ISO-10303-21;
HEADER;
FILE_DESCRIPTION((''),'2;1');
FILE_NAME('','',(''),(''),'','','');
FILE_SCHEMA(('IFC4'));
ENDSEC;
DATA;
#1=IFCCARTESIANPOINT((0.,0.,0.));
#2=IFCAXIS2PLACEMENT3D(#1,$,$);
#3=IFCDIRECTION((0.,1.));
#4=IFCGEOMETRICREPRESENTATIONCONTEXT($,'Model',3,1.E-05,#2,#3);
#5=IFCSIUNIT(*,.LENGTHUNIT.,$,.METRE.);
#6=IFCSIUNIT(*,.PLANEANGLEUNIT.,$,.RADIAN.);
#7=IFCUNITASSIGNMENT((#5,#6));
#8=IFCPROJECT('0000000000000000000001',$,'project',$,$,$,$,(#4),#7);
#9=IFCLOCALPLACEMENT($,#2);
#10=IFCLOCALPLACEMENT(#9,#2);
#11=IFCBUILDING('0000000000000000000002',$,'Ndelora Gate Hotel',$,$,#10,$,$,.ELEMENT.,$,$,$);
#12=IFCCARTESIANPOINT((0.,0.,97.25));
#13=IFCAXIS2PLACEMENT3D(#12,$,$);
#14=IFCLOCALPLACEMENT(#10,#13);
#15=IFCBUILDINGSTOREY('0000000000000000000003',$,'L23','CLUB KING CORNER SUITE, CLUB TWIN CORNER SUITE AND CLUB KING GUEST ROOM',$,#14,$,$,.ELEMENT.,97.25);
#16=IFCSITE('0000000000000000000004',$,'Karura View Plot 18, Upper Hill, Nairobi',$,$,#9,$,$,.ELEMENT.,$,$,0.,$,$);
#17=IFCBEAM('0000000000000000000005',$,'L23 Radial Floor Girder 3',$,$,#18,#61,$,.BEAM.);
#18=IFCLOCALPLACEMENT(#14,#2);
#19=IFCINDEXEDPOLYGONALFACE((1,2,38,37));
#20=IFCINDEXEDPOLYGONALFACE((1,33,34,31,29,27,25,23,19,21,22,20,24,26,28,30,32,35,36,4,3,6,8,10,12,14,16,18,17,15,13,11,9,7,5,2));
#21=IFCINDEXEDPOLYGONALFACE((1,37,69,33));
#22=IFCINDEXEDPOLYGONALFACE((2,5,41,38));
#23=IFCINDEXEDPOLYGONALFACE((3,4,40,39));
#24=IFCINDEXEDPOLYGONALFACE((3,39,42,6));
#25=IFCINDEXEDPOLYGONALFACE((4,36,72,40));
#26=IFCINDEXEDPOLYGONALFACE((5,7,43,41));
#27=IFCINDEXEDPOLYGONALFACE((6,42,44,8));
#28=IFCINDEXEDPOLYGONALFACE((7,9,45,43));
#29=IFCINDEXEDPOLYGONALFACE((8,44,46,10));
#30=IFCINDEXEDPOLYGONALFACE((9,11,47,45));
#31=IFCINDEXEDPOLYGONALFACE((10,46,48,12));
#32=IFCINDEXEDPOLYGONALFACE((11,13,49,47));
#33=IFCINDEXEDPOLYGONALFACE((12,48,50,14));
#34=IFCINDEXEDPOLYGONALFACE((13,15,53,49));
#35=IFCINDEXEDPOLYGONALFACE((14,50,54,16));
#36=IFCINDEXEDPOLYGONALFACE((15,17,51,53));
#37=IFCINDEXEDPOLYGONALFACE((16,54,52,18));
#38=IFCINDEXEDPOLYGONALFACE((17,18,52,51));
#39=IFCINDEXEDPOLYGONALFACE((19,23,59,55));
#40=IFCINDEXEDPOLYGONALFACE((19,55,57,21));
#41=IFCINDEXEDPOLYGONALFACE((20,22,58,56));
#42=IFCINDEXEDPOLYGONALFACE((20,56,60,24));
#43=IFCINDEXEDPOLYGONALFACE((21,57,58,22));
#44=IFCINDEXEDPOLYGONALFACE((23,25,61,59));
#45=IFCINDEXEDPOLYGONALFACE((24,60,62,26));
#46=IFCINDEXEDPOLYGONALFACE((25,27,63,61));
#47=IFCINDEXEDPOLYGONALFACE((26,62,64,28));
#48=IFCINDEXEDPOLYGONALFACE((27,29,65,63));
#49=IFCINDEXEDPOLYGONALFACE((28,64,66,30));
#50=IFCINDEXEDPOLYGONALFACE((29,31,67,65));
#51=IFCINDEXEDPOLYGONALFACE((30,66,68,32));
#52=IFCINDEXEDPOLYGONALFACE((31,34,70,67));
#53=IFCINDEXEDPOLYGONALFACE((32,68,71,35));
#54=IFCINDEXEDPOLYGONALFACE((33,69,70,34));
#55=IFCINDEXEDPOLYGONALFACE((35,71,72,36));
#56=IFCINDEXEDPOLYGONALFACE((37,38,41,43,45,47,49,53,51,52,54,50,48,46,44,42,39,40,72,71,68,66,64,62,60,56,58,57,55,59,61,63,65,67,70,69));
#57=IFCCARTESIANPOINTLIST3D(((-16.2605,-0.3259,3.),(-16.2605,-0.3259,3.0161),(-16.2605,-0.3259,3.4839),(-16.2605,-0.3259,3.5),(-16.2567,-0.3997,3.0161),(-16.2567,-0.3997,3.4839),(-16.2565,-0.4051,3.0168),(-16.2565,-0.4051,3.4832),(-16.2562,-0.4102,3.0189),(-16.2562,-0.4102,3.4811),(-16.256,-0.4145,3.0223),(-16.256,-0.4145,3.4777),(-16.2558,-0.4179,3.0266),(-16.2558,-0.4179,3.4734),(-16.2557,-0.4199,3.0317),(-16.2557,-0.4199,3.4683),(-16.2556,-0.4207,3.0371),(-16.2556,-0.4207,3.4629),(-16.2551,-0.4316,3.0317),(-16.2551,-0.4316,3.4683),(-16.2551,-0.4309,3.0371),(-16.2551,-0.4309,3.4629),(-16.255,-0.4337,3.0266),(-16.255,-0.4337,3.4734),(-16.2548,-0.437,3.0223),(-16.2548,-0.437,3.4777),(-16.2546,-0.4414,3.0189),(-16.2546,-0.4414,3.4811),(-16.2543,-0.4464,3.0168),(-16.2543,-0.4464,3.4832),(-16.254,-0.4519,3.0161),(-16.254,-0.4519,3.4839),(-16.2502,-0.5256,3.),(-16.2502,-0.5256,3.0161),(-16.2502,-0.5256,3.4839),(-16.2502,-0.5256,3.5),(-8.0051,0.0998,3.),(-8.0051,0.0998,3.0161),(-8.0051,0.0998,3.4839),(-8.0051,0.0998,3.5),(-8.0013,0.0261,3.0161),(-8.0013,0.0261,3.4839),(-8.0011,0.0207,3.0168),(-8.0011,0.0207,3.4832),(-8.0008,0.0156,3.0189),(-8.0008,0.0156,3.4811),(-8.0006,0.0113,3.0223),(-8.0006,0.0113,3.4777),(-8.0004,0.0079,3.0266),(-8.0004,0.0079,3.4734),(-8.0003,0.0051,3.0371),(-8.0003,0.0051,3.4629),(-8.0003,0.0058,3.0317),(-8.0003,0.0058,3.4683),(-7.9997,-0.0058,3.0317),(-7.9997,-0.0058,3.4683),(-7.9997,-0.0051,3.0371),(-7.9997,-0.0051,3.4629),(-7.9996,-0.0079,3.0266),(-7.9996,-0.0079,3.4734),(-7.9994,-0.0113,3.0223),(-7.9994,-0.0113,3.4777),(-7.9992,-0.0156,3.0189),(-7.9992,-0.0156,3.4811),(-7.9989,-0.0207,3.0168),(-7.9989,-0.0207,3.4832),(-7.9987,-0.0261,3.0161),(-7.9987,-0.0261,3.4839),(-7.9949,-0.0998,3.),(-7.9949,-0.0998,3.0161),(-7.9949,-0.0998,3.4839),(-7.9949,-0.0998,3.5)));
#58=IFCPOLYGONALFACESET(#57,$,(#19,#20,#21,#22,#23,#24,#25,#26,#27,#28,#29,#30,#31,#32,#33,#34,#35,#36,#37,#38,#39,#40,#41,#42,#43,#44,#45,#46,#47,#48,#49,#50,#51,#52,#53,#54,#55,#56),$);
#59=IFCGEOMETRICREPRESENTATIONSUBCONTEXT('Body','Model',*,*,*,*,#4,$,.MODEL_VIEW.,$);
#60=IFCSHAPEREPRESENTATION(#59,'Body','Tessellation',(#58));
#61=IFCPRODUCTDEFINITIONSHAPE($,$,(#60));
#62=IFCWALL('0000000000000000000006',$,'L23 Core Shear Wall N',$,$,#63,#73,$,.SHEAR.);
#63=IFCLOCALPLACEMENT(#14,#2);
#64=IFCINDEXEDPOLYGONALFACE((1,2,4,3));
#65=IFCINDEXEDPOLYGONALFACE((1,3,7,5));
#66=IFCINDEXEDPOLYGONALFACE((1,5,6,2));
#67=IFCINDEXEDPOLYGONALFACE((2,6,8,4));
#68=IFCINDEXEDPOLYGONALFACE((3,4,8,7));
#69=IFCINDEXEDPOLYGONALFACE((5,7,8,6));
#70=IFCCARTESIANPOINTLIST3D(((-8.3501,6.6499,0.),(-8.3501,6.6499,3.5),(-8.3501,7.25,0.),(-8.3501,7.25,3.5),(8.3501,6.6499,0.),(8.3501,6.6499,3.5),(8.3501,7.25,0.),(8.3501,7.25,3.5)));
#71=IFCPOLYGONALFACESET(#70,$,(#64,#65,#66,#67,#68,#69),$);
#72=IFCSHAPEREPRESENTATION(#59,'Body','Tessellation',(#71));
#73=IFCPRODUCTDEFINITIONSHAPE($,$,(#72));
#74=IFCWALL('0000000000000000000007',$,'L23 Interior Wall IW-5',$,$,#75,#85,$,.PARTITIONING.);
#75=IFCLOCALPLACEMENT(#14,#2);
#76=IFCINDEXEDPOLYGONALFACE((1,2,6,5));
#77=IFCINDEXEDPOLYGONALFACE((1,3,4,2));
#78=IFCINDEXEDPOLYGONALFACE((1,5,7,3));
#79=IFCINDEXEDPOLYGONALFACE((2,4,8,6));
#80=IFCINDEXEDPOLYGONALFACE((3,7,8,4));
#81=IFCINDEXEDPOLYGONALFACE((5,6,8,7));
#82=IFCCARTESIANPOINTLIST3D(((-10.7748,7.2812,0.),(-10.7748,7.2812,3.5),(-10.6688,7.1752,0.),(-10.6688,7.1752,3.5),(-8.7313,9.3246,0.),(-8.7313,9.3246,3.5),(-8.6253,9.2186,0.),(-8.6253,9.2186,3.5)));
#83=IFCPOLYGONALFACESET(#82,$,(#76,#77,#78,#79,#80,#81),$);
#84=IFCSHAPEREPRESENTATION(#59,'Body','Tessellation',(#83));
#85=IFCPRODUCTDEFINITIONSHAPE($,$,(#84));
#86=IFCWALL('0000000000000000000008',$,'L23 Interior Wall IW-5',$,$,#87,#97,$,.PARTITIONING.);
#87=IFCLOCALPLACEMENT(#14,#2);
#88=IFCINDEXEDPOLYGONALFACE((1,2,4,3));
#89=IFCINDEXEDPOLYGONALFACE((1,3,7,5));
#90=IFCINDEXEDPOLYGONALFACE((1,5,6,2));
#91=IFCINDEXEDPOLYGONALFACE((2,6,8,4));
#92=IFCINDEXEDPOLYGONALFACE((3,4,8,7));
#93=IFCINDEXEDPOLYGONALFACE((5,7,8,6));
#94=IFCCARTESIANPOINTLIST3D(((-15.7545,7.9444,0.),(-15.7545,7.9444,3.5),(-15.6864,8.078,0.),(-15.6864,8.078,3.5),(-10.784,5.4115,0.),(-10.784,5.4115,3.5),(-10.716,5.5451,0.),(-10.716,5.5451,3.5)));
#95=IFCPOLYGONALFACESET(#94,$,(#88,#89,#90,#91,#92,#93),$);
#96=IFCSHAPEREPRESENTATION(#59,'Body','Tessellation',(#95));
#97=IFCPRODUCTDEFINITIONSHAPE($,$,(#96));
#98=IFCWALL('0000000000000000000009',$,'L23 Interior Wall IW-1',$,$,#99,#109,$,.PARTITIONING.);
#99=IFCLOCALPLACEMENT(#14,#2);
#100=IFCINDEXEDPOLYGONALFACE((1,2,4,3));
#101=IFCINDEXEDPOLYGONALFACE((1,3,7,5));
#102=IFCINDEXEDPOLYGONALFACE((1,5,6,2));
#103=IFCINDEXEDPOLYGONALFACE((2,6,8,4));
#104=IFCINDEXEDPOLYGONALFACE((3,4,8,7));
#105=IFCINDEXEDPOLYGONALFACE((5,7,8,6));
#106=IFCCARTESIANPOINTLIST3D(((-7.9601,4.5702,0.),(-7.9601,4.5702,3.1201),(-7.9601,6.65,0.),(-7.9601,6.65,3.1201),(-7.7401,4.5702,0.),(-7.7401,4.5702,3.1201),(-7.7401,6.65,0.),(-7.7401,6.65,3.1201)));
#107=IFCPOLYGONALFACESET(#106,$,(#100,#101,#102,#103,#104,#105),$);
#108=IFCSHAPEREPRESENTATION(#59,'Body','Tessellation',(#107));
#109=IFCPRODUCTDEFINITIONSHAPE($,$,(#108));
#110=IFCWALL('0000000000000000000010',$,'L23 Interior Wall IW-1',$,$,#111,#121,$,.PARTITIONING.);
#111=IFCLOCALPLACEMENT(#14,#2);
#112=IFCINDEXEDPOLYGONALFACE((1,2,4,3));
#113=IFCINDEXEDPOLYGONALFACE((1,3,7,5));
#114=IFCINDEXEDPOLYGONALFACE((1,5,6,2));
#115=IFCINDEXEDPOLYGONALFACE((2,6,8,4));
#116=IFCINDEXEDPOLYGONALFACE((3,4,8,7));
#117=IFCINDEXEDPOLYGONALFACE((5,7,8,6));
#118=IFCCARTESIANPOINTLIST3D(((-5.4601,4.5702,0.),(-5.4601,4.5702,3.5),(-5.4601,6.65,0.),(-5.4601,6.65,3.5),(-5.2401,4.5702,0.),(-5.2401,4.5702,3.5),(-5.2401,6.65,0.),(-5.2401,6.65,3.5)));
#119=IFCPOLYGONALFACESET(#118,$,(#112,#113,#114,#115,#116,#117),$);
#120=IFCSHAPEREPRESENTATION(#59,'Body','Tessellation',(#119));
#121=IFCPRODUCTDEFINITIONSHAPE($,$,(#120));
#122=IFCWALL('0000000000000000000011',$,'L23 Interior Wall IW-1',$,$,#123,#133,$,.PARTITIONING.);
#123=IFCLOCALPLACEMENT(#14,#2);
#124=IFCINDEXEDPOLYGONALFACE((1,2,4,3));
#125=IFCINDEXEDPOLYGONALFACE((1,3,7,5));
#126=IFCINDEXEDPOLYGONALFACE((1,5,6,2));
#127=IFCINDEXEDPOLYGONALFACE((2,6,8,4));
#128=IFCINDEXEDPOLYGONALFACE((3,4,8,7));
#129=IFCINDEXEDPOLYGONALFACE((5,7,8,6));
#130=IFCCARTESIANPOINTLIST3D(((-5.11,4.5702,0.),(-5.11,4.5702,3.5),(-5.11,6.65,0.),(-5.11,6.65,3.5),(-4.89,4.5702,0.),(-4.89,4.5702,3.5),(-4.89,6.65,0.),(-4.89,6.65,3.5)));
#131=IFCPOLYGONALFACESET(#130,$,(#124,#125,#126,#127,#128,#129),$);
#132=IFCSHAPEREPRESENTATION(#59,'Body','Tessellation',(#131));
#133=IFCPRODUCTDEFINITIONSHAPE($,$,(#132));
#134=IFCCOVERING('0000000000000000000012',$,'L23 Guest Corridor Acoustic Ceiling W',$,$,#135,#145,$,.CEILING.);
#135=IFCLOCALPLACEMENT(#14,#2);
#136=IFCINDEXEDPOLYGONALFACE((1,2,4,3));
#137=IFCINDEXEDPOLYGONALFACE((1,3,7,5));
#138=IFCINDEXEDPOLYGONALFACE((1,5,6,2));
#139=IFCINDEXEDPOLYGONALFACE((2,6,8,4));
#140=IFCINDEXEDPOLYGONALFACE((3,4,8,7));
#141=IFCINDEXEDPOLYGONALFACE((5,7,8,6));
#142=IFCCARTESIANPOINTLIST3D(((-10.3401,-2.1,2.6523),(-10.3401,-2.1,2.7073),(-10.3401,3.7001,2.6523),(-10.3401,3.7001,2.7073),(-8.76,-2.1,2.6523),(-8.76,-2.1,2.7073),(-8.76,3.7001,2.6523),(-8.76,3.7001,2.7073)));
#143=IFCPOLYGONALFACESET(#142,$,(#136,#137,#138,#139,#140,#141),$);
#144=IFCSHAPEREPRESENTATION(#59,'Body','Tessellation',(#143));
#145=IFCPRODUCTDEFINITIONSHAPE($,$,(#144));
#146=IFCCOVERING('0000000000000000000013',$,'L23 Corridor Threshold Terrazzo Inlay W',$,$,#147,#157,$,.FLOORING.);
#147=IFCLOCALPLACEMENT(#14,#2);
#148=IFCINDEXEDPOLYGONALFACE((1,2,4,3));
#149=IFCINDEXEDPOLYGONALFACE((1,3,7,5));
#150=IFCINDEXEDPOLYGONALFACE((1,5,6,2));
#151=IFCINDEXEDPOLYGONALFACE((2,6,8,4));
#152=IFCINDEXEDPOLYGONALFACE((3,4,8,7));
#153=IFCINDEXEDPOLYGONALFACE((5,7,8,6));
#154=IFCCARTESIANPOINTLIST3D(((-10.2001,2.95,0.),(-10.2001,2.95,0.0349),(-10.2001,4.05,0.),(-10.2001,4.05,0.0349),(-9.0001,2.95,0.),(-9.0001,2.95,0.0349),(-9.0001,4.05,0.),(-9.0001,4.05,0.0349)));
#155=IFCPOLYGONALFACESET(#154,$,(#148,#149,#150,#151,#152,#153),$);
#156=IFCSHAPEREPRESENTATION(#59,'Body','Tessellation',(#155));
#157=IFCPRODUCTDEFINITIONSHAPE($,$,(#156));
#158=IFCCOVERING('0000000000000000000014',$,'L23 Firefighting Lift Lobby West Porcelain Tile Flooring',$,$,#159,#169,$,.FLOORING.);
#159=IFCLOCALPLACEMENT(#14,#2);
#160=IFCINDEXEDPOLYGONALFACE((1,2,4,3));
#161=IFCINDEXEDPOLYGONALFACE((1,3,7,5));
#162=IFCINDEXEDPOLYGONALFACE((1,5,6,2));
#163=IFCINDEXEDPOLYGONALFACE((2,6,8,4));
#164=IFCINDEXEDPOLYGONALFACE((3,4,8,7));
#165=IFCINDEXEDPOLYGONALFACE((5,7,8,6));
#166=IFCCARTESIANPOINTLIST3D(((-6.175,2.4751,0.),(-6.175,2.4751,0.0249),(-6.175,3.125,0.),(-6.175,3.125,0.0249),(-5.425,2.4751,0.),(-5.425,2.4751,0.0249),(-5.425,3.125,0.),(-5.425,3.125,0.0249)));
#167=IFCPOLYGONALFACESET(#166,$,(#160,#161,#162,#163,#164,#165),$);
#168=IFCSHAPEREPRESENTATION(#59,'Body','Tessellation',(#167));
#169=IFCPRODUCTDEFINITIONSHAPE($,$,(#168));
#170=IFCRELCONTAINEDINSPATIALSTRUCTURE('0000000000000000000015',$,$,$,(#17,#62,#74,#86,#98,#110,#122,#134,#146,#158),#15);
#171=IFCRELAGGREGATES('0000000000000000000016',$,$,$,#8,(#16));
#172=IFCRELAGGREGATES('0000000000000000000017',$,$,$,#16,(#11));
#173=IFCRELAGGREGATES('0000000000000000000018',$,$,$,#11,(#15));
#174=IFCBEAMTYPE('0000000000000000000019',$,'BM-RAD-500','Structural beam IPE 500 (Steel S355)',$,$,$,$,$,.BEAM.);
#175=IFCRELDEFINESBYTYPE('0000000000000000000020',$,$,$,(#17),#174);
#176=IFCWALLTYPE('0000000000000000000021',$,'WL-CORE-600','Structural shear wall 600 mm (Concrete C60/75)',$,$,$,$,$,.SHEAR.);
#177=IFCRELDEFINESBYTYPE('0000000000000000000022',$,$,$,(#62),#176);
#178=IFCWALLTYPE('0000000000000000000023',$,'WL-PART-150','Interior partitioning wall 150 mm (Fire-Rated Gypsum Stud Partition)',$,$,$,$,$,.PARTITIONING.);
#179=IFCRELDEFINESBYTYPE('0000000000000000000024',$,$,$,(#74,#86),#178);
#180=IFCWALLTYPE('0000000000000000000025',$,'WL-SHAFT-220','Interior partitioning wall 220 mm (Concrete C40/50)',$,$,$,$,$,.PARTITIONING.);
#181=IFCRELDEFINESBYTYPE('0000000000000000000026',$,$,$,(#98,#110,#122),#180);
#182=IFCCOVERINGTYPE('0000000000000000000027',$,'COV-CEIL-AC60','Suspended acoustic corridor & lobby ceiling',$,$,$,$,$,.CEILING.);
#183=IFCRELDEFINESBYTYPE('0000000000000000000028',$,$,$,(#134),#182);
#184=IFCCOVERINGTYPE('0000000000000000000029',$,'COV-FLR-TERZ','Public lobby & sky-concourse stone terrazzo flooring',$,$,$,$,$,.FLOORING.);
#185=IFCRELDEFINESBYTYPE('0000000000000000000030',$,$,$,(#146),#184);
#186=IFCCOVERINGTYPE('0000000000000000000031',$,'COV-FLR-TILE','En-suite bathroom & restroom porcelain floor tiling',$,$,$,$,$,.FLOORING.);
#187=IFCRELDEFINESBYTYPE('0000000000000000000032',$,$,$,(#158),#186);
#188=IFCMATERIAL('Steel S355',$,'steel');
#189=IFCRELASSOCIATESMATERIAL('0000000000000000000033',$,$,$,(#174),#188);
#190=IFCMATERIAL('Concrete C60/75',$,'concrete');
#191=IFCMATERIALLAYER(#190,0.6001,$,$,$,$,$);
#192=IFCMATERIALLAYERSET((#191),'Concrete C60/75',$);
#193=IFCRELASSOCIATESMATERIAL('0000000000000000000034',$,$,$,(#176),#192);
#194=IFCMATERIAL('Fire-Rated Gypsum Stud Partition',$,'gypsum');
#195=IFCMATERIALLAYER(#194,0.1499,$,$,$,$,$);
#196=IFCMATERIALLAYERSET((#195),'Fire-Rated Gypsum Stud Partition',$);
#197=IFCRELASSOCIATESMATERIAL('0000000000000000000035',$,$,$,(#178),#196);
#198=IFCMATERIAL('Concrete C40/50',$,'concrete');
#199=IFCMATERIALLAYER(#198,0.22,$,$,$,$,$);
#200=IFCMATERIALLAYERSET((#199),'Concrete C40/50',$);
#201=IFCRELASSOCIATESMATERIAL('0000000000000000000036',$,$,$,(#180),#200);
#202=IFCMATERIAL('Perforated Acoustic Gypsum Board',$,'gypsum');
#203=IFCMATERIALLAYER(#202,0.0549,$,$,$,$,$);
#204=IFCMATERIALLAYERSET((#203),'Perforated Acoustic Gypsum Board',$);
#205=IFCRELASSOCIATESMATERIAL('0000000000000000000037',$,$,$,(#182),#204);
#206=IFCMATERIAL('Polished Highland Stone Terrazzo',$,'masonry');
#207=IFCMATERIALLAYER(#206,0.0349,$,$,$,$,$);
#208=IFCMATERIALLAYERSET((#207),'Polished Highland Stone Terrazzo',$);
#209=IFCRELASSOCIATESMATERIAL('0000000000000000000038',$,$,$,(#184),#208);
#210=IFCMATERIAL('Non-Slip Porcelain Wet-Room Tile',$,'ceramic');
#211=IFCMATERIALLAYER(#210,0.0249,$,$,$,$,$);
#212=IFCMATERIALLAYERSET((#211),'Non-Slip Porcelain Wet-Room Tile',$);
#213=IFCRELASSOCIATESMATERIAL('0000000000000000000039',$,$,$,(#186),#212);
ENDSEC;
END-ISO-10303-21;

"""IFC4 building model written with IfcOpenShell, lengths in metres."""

from ifc_helpers import new_model, si_unit, direction, frame, frame_2d, origin, origin_2d, place, context, subcontext, project, spatial, rectangle, i_section, extrude, material, layer, layer_set, material_profile, profile_set, type_object, element, save


model = new_model("IFC4")

# Units and contexts
model_context = context("Model", 3, precision=1e-05, world=origin(), true_north=direction((0.0, 1.0)))
body_context = subcontext(model_context, "Body", "Model", "MODEL_VIEW")
ifc_project = project(units=[si_unit("LENGTHUNIT", "METRE"), si_unit("PLANEANGLEUNIT", "RADIAN")], contexts=[model_context])

# Site, building, storey
site_placement = place(None, origin())
site = spatial("IfcSite", under=ifc_project, at=site_placement, Name="Karura View Plot 18, Upper Hill, Nairobi", CompositionType="ELEMENT", RefElevation=0.0)
building_placement = place(site_placement, origin())
building = spatial("IfcBuilding", under=site, at=building_placement, Name="Ndelora Gate Hotel", CompositionType="ELEMENT")
storey_placement = place(building_placement, frame((0.0, 0.0, 97.25)))
storey = spatial("IfcBuildingStorey", under=building, at=storey_placement, Name="L23", Description="CLUB KING CORNER SUITE, CLUB TWIN CORNER SUITE AND CLUB KING GUEST ROOM", CompositionType="ELEMENT", Elevation=97.25)

# Shared definitions
ifc_material_1 = material(Name="Concrete C60/75", Category="concrete")

# Beam
ifc_material_2 = material(Name="Steel S355", Category="steel")
ifc_material_profile_1 = material_profile(ifc_material_2, i_section(OverallWidth=0.2, OverallDepth=0.5, WebThickness=0.0103, FlangeThickness=0.0161, FilletRadius=0.021, at=origin_2d()), Name="IPE 500")
ifc_profile_set_1 = profile_set([ifc_material_profile_1], Name="Steel S355")
beam_type_1 = type_object("IfcBeamType", Name="BM-RAD-500", Description="Structural beam IPE 500 (Steel S355)", PredefinedType="BEAM", material=ifc_profile_set_1)
beam_1_placement = place(storey_placement, frame((-8.0, 0.0, 3.25), z_axis=(-0.998673, -0.051508, 0.0), x_axis=(0.051508, -0.998673, 0.0)))
element("IfcBeam", 1, at=beam_1_placement, inside=storey, type_object=beam_type_1, Name="L23 Radial Floor Girder 3", PredefinedType="BEAM", context=body_context, shape_type="SweptSolid", body=[
    extrude(i_section(OverallWidth=0.2, OverallDepth=0.5, WebThickness=0.0103, FlangeThickness=0.0161, FilletRadius=0.021, at=origin_2d()), origin(), (0.0, 0.0, 1.0), 8.2664),
])

# Wall
ifc_layer_1 = layer(ifc_material_1, 0.6001)
ifc_layer_set_1 = layer_set([ifc_layer_1], Name="Concrete C60/75")
wall_type_1 = type_object("IfcWallType", Name="WL-CORE-600", Description="Structural shear wall 600 mm (Concrete C60/75)", PredefinedType="SHEAR", material=ifc_layer_set_1)
wall_1_placement = place(storey_placement, frame((-8.3501, 6.95, 0.0), z_axis=(0.0, 0.0, 1.0), x_axis=(1.0, 0.0, 0.0)))
element("IfcWall", 2, at=wall_1_placement, inside=storey, type_object=wall_type_1, Name="L23 Core Shear Wall N", PredefinedType="SHEAR", context=body_context, shape_type="SweptSolid", body=[
    extrude(rectangle(XDim=16.7002, YDim=0.6001, at=frame_2d((8.3501, 0.0))), origin(), (0.0, 0.0, 1.0), 3.5),
])

# Shared definitions
ifc_material_3 = material(Name="Concrete C40/50", Category="concrete")

# Walls
ifc_material_4 = material(Name="Fire-Rated Gypsum Stud Partition", Category="gypsum")
ifc_layer_2 = layer(ifc_material_4, 0.1499)
ifc_layer_set_2 = layer_set([ifc_layer_2], Name="Fire-Rated Gypsum Stud Partition")
wall_type_2 = type_object("IfcWallType", Name="WL-PART-150", Description="Interior partitioning wall 150 mm (Fire-Rated Gypsum Stud Partition)", PredefinedType="PARTITIONING", material=ifc_layer_set_2)
wall_2_placement = place(storey_placement, frame((-10.7217, 7.2283, 0.0), z_axis=(0.0, 0.0, 1.0), x_axis=(0.707107, 0.707107, 0.0)))
element("IfcWall", 3, at=wall_2_placement, inside=storey, type_object=wall_type_2, Name="L23 Interior Wall IW-5", PredefinedType="PARTITIONING", context=body_context, shape_type="SweptSolid", body=[
    extrude(rectangle(XDim=2.8899, YDim=0.1499, at=frame_2d((1.4448, 0.0))), origin(), (0.0, 0.0, 1.0), 3.5),
])
wall_3_placement = place(storey_placement, frame((-10.75, 5.4783, 0.0), z_axis=(0.0, 0.0, 1.0), x_axis=(-0.890979, 0.454045, 0.0)))
element("IfcWall", 4, at=wall_3_placement, inside=storey, type_object=wall_type_2, Name="L23 Interior Wall IW-5", PredefinedType="PARTITIONING", context=body_context, shape_type="SweptSolid", body=[
    extrude(rectangle(XDim=5.5786, YDim=0.1499, at=frame_2d((2.7893, 0.0))), origin(), (0.0, 0.0, 1.0), 3.5),
])

# Shared definitions
ifc_layer_3 = layer(ifc_material_3, 0.22)
ifc_layer_set_3 = layer_set([ifc_layer_3], Name="Concrete C40/50")
wall_type_3 = type_object("IfcWallType", Name="WL-SHAFT-220", Description="Interior partitioning wall 220 mm (Concrete C40/50)", PredefinedType="PARTITIONING", material=ifc_layer_set_3)

# Walls
wall_4_placement = place(storey_placement, frame((-7.8501, 4.5701, 0.0), z_axis=(0.0, 0.0, 1.0), x_axis=(0.0, 1.0, 0.0)))
element("IfcWall", 5, at=wall_4_placement, inside=storey, type_object=wall_type_3, Name="L23 Interior Wall IW-1", PredefinedType="PARTITIONING", context=body_context, shape_type="SweptSolid", body=[
    extrude(rectangle(XDim=2.0798, YDim=0.22, at=frame_2d((1.04, 0.0))), origin(), (0.0, 0.0, 1.0), 3.1201),
])
wall_5_placement = place(storey_placement, frame((-5.3501, 4.5701, 0.0), z_axis=(0.0, 0.0, 1.0), x_axis=(0.0, 1.0, 0.0)))
element("IfcWall", 6, at=wall_5_placement, inside=storey, type_object=wall_type_3, Name="L23 Interior Wall IW-1", PredefinedType="PARTITIONING", context=body_context, shape_type="SweptSolid", body=[
    extrude(rectangle(XDim=2.0798, YDim=0.22, at=frame_2d((1.04, 0.0))), origin(), (0.0, 0.0, 1.0), 3.5),
])

# Wall
wall_6_placement = place(storey_placement, frame((-5.0, 4.5701, 0.0), z_axis=(0.0, 0.0, 1.0), x_axis=(0.0, 1.0, 0.0)))
element("IfcWall", 7, at=wall_6_placement, inside=storey, type_object=wall_type_3, Name="L23 Interior Wall IW-1", PredefinedType="PARTITIONING", context=body_context, shape_type="SweptSolid", body=[
    extrude(rectangle(XDim=2.0798, YDim=0.22, at=frame_2d((1.04, 0.0))), origin(), (0.0, 0.0, 1.0), 3.5),
])

# Coverings
ifc_material_5 = material(Name="Perforated Acoustic Gypsum Board", Category="gypsum")
ifc_layer_4 = layer(ifc_material_5, 0.0549)
ifc_layer_set_4 = layer_set([ifc_layer_4], Name="Perforated Acoustic Gypsum Board")
covering_type_1 = type_object("IfcCoveringType", Name="COV-CEIL-AC60", Description="Suspended acoustic corridor & lobby ceiling", PredefinedType="CEILING", material=ifc_layer_set_4)
covering_1_placement = place(storey_placement, frame((-9.55, 0.8, 2.6523), z_axis=(0.0, 0.0, 1.0), x_axis=(1.0, 0.0, 0.0)))
element("IfcCovering", 8, at=covering_1_placement, inside=storey, type_object=covering_type_1, Name="L23 Guest Corridor Acoustic Ceiling W", PredefinedType="CEILING", context=body_context, shape_type="SweptSolid", body=[
    extrude(rectangle(XDim=1.5801, YDim=5.8, at=origin_2d()), origin(), (0.0, 0.0, 1.0), 0.0549),
])
ifc_material_6 = material(Name="Polished Highland Stone Terrazzo", Category="masonry")
ifc_layer_5 = layer(ifc_material_6, 0.0349)
ifc_layer_set_5 = layer_set([ifc_layer_5], Name="Polished Highland Stone Terrazzo")
covering_type_2 = type_object("IfcCoveringType", Name="COV-FLR-TERZ", Description="Public lobby & sky-concourse stone terrazzo flooring", PredefinedType="FLOORING", material=ifc_layer_set_5)
covering_2_placement = place(storey_placement, frame((-9.6001, 3.5, 0.0), z_axis=(0.0, 0.0, 1.0), x_axis=(1.0, 0.0, 0.0)))
element("IfcCovering", 9, at=covering_2_placement, inside=storey, type_object=covering_type_2, Name="L23 Corridor Threshold Terrazzo Inlay W", PredefinedType="FLOORING", context=body_context, shape_type="SweptSolid", body=[
    extrude(rectangle(XDim=1.2, YDim=1.1001, at=origin_2d()), origin(), (0.0, 0.0, 1.0), 0.0349),
])
ifc_material_7 = material(Name="Non-Slip Porcelain Wet-Room Tile", Category="ceramic")
ifc_layer_6 = layer(ifc_material_7, 0.0249)
ifc_layer_set_6 = layer_set([ifc_layer_6], Name="Non-Slip Porcelain Wet-Room Tile")
covering_type_3 = type_object("IfcCoveringType", Name="COV-FLR-TILE", Description="En-suite bathroom & restroom porcelain floor tiling", PredefinedType="FLOORING", material=ifc_layer_set_6)
covering_3_placement = place(storey_placement, frame((-5.8, 2.8, 0.0), z_axis=(0.0, 0.0, 1.0), x_axis=(1.0, 0.0, 0.0)))
element("IfcCovering", 10, at=covering_3_placement, inside=storey, type_object=covering_type_3, Name="L23 Firefighting Lift Lobby West Porcelain Tile Flooring", PredefinedType="FLOORING", context=body_context, shape_type="SweptSolid", body=[
    extrude(rectangle(XDim=0.75, YDim=0.6499, at=origin_2d()), origin(), (0.0, 0.0, 1.0), 0.0249),
])

save(model, "model.ifc")
